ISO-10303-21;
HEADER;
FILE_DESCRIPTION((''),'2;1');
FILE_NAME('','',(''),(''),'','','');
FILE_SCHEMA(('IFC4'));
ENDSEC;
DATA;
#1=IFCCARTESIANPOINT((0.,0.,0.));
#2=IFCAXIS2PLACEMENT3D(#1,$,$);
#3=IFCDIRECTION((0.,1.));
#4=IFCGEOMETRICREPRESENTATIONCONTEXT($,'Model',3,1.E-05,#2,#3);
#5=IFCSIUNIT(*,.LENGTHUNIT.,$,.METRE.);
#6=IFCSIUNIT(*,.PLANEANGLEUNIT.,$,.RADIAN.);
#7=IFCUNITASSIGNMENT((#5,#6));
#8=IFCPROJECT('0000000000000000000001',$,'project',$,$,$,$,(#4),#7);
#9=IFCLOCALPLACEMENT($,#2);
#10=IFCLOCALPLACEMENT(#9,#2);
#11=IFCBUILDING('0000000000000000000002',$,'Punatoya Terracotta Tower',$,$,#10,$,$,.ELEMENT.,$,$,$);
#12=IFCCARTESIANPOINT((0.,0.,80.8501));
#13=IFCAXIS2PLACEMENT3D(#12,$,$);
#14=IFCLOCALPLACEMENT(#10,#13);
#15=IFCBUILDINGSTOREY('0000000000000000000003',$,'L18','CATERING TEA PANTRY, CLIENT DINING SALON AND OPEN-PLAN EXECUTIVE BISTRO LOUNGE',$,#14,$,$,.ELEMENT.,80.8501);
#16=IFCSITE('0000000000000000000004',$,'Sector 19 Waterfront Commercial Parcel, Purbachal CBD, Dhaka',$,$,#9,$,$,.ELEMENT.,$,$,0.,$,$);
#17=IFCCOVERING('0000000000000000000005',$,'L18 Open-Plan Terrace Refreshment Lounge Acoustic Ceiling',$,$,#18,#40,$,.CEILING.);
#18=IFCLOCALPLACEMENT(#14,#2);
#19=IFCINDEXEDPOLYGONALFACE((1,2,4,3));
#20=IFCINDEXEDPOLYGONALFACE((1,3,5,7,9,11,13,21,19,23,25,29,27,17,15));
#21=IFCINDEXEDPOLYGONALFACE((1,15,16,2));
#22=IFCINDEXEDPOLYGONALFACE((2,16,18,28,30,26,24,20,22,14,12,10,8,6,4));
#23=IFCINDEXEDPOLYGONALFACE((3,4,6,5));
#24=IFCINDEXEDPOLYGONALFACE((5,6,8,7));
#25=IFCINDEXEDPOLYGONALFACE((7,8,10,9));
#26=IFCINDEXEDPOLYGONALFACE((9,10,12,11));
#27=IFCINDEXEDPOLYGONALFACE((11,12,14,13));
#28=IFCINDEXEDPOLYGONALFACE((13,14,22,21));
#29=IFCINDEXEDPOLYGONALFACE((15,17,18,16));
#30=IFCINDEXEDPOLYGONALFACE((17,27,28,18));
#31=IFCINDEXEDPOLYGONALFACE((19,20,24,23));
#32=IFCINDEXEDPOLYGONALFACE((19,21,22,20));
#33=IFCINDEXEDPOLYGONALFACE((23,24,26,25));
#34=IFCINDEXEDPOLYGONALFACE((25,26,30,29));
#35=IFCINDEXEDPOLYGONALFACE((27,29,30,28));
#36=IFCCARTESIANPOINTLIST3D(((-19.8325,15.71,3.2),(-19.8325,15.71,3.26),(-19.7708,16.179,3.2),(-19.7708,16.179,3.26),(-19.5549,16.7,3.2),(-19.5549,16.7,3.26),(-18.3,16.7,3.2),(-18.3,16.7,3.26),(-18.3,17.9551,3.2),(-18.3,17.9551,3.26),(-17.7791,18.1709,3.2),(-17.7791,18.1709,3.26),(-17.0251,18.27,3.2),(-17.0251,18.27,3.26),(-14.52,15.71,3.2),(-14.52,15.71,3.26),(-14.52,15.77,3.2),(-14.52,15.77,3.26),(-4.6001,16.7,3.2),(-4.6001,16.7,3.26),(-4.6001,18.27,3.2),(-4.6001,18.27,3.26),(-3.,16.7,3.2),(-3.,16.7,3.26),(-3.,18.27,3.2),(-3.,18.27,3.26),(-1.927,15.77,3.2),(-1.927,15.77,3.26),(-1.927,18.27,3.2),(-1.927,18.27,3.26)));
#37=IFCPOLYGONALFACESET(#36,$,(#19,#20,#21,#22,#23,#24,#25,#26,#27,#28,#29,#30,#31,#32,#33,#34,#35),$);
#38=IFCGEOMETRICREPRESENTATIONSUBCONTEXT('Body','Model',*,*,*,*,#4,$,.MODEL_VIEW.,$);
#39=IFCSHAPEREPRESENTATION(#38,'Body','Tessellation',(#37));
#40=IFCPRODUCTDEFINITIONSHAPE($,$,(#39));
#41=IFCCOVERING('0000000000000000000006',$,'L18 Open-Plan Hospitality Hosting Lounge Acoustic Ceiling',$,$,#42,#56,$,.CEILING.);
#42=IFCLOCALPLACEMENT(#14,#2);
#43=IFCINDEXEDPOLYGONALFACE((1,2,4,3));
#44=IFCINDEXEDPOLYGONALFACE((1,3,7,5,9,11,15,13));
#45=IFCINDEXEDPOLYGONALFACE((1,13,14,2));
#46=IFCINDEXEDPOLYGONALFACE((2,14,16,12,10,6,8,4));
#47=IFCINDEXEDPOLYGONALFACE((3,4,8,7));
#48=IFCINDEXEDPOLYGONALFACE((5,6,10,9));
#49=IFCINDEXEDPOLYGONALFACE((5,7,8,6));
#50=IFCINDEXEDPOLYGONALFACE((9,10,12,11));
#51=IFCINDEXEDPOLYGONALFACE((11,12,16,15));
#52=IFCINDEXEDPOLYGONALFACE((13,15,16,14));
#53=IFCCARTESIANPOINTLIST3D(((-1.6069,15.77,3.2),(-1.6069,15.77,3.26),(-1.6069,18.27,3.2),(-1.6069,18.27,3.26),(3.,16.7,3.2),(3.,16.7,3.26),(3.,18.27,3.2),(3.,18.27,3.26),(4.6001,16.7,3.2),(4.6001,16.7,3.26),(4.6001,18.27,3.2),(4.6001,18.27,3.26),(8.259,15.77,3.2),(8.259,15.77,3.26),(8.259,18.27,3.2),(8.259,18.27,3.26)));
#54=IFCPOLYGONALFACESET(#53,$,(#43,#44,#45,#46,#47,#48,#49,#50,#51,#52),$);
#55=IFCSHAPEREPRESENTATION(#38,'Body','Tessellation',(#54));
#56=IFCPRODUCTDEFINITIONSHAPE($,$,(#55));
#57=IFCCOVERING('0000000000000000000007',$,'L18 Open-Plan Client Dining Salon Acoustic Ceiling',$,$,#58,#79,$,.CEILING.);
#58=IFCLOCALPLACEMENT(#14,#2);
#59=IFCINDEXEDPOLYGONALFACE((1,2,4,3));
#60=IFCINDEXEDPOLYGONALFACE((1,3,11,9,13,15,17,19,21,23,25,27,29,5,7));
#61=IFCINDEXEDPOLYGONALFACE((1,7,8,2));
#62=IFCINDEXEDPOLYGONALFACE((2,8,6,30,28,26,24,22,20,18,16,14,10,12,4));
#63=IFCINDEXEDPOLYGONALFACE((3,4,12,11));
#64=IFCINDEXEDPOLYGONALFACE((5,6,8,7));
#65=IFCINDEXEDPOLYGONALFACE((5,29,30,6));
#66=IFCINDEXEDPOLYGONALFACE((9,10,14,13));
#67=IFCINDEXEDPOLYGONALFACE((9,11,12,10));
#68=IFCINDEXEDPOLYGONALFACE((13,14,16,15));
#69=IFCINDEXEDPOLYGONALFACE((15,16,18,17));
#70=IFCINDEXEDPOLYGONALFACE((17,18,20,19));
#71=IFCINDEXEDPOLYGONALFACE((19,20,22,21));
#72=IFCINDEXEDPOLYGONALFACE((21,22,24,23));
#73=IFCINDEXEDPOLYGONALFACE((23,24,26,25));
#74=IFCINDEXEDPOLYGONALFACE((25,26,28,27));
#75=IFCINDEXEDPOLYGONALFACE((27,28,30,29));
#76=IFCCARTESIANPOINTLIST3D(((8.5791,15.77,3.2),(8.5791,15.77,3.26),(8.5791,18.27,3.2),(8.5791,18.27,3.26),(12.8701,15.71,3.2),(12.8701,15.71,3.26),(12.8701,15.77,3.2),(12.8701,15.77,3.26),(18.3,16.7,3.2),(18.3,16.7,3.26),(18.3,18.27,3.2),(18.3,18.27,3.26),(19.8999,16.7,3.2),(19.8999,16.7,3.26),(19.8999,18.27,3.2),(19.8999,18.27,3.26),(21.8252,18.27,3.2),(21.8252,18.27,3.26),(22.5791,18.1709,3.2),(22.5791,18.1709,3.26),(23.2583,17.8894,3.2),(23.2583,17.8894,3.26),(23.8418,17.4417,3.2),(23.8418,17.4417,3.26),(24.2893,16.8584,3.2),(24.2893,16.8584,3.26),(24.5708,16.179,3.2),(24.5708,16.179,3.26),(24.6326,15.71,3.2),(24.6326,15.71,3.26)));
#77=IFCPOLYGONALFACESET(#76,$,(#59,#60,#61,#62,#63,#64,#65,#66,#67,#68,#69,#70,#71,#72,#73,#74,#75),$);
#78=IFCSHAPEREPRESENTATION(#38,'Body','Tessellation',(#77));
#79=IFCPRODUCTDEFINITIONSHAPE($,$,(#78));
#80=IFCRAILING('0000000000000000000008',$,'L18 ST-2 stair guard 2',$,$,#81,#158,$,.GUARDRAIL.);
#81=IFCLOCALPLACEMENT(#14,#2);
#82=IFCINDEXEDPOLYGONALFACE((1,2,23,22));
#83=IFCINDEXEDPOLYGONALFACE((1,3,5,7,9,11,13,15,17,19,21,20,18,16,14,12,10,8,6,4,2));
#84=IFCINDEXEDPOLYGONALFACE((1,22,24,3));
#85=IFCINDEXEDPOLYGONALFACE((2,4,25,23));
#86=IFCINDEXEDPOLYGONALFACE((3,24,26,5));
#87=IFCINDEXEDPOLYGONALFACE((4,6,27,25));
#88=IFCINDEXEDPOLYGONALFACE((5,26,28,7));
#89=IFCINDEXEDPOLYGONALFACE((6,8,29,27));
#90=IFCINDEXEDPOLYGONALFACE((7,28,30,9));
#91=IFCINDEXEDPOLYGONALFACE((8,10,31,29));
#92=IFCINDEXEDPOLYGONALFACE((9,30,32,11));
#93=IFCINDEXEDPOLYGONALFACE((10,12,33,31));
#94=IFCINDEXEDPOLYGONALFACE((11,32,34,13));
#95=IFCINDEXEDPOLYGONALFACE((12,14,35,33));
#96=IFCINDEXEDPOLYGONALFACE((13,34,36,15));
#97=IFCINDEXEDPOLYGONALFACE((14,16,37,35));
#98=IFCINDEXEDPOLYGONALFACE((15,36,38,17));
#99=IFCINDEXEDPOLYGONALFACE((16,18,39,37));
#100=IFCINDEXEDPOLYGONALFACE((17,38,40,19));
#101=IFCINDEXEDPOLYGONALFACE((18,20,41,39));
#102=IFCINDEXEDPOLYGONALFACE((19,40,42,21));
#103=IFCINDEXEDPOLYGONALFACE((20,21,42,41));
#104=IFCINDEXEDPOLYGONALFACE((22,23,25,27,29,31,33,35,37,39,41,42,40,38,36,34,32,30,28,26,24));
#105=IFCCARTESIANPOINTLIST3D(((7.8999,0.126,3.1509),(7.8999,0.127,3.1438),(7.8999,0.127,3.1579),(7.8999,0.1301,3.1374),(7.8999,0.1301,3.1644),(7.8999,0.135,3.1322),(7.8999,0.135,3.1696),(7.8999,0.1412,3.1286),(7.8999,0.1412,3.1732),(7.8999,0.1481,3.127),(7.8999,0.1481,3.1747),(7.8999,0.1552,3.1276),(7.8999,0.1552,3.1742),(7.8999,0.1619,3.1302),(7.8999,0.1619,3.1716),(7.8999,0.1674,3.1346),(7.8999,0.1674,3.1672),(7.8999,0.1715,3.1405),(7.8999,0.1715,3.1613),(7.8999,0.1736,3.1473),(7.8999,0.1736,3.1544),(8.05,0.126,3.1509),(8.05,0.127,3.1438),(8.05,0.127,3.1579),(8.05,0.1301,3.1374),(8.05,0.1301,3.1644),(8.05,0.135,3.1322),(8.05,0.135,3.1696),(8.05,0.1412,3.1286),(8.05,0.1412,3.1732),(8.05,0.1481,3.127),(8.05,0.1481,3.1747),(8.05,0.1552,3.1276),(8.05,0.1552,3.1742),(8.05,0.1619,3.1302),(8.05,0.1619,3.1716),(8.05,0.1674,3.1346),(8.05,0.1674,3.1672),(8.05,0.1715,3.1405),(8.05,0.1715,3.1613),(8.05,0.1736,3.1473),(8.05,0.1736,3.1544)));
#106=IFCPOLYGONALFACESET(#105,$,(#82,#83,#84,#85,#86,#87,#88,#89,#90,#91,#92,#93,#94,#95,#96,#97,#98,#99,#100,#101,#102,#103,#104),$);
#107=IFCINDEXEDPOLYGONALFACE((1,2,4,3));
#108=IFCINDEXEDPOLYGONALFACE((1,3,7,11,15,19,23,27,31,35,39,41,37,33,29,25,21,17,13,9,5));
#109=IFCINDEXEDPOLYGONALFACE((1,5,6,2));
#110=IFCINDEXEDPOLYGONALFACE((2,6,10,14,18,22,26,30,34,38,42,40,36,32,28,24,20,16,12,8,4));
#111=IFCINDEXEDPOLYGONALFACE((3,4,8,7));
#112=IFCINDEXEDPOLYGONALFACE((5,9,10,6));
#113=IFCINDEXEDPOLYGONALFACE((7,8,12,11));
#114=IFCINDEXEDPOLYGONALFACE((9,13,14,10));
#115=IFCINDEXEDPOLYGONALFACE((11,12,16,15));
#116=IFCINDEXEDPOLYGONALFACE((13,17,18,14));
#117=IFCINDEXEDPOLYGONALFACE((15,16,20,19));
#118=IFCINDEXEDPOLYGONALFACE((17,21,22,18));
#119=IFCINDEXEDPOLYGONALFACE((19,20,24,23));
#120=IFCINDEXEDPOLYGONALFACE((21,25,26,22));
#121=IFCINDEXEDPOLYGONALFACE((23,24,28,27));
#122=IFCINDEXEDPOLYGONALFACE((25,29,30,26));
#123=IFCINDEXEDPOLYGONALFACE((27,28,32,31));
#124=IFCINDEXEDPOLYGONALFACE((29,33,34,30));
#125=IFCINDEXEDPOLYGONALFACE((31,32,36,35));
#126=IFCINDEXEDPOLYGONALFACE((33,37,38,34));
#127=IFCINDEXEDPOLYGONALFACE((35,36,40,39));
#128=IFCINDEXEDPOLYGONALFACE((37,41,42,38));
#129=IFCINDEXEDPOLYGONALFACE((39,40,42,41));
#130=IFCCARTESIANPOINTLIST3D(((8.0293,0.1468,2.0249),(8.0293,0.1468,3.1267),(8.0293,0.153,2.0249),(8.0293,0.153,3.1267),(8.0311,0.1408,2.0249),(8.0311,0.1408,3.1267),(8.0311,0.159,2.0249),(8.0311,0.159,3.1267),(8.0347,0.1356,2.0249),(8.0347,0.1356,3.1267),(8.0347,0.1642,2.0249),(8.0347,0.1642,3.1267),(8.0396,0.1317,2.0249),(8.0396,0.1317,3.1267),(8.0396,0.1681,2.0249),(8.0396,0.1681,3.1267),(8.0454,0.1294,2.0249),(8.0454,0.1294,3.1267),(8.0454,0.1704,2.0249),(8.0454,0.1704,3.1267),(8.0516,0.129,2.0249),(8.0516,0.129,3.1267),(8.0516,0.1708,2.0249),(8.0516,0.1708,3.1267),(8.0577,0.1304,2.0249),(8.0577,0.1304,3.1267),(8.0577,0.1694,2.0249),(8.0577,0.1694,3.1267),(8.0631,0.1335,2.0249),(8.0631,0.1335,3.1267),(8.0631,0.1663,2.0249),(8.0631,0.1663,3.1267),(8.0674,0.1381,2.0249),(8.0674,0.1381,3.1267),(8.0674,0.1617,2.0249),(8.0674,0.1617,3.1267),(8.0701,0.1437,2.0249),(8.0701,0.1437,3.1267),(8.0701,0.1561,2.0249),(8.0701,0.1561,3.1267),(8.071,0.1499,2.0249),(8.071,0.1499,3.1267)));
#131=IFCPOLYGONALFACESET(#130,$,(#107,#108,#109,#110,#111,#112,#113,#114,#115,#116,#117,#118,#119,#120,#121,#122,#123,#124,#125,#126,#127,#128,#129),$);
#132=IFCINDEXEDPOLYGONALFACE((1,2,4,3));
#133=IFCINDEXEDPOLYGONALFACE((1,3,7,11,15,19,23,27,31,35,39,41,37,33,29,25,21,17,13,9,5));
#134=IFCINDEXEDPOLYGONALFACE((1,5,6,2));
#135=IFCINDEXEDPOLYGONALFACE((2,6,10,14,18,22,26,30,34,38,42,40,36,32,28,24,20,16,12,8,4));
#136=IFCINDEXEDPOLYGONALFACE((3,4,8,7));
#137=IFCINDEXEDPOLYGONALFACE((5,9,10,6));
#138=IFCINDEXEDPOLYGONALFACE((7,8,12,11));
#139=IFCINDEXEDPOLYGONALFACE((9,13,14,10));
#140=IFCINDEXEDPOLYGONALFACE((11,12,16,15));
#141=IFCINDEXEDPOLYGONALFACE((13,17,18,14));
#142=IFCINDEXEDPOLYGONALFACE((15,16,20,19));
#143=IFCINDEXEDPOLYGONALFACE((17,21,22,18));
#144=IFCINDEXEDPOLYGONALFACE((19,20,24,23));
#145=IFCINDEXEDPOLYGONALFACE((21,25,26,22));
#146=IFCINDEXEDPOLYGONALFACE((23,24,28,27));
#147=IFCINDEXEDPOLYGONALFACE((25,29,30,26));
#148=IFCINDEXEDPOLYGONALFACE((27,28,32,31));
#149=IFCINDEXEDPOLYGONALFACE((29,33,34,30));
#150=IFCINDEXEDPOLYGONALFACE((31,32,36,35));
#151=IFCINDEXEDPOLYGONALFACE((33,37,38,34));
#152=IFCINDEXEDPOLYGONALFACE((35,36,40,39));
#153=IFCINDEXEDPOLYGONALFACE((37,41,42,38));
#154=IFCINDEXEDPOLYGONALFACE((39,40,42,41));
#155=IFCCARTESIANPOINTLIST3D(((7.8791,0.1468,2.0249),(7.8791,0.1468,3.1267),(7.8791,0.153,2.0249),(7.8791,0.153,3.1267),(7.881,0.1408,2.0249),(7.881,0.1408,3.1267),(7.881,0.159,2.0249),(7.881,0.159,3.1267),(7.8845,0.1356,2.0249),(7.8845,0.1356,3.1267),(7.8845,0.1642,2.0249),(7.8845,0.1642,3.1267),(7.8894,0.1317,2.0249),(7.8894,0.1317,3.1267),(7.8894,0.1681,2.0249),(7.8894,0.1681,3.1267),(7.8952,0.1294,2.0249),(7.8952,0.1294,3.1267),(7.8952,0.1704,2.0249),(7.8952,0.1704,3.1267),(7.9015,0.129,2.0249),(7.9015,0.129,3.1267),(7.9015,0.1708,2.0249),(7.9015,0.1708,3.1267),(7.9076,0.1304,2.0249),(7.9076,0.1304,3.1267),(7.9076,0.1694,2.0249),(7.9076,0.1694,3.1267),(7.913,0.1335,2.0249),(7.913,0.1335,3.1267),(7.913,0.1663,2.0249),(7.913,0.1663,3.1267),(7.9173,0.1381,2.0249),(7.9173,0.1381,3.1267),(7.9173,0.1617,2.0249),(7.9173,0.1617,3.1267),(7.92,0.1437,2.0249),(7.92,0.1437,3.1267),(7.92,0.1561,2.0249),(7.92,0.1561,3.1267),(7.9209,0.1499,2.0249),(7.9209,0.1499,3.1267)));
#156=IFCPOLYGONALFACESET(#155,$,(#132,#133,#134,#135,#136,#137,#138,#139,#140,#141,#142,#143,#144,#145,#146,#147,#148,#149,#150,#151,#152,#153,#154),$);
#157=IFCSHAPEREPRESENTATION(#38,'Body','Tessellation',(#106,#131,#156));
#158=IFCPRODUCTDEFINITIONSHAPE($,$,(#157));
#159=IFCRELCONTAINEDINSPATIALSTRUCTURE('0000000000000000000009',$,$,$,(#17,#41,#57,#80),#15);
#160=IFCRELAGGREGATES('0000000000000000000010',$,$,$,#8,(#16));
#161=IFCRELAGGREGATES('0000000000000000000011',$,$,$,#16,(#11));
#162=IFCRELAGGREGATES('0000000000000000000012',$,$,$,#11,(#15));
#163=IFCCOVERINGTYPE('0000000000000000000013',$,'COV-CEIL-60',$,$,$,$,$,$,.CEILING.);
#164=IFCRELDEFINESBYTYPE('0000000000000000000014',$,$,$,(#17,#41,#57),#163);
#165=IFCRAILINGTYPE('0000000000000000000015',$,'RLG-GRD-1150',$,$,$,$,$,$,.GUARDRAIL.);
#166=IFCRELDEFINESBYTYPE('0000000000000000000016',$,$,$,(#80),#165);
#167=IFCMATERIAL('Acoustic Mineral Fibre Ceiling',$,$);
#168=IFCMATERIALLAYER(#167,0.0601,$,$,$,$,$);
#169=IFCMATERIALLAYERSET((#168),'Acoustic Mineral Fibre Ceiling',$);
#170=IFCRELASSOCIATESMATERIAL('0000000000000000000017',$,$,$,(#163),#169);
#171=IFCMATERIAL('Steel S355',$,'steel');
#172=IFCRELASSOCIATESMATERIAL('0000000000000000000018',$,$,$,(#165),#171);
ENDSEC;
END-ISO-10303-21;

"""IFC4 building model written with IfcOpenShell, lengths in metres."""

from ifc_helpers import new_model, si_unit, direction, frame, origin, origin_2d, place, context, subcontext, project, spatial, polyline, circle, outline, extrude, material, layer, layer_set, type_object, element, save


model = new_model("IFC4")

# Units and contexts
model_context = context("Model", 3, precision=1e-05, world=origin(), true_north=direction((0.0, 1.0)))
body_context = subcontext(model_context, "Body", "Model", "MODEL_VIEW")
ifc_project = project(units=[si_unit("LENGTHUNIT", "METRE"), si_unit("PLANEANGLEUNIT", "RADIAN")], contexts=[model_context])

# Site, building, storey
site_placement = place(None, origin())
site = spatial("IfcSite", under=ifc_project, at=site_placement, Name="Sector 19 Waterfront Commercial Parcel, Purbachal CBD, Dhaka", CompositionType="ELEMENT", RefElevation=0.0)
building_placement = place(site_placement, origin())
building = spatial("IfcBuilding", under=site, at=building_placement, Name="Punatoya Terracotta Tower", CompositionType="ELEMENT")
storey_placement = place(building_placement, frame((0.0, 0.0, 80.8501)))
storey = spatial("IfcBuildingStorey", under=building, at=storey_placement, Name="L18", Description="CATERING TEA PANTRY, CLIENT DINING SALON AND OPEN-PLAN EXECUTIVE BISTRO LOUNGE", CompositionType="ELEMENT", Elevation=80.8501)

# Shared definitions
ifc_material_1 = material(Name="Steel S355", Category="steel")

# Coverings
ifc_material_2 = material(Name="Acoustic Mineral Fibre Ceiling")
ifc_layer_1 = layer(ifc_material_2, 0.0601)
ifc_layer_set_1 = layer_set([ifc_layer_1], Name="Acoustic Mineral Fibre Ceiling")
covering_type = type_object("IfcCoveringType", Name="COV-CEIL-60", PredefinedType="CEILING", material=ifc_layer_set_1)
covering_1_placement = place(storey_placement, frame((0.0, 0.0, 3.2)))
element("IfcCovering", 1, at=covering_1_placement, inside=storey, type_object=covering_type, Name="L18 Open-Plan Terrace Refreshment Lounge Acoustic Ceiling", PredefinedType="CEILING", context=body_context, shape_type="SweptSolid", body=[
    extrude(outline(polyline([(-14.52, 15.71), (-14.52, 15.77), (-1.927, 15.77), (-1.927, 18.27), (-3.0, 18.27), (-3.0, 16.7), (-4.6001, 16.7), (-4.6001, 18.27), (-17.0251, 18.27), (-17.7791, 18.1709), (-18.3, 17.9551), (-18.3, 16.7), (-19.5549, 16.7), (-19.7708, 16.179), (-19.8325, 15.71), (-14.52, 15.71)])), origin(), (0.0, 0.0, 1.0), 0.0601),
])
covering_2_placement = place(storey_placement, frame((0.0, 0.0, 3.2)))
element("IfcCovering", 2, at=covering_2_placement, inside=storey, type_object=covering_type, Name="L18 Open-Plan Hospitality Hosting Lounge Acoustic Ceiling", PredefinedType="CEILING", context=body_context, shape_type="SweptSolid", body=[
    extrude(outline(polyline([(8.259, 18.27), (4.6001, 18.27), (4.6001, 16.7), (3.0, 16.7), (3.0, 18.27), (-1.6069, 18.27), (-1.6069, 15.77), (8.259, 15.77), (8.259, 18.27)])), origin(), (0.0, 0.0, 1.0), 0.0601),
])
covering_3_placement = place(storey_placement, frame((0.0, 0.0, 3.2)))
element("IfcCovering", 3, at=covering_3_placement, inside=storey, type_object=covering_type, Name="L18 Open-Plan Client Dining Salon Acoustic Ceiling", PredefinedType="CEILING", context=body_context, shape_type="SweptSolid", body=[
    extrude(outline(polyline([(12.8701, 15.71), (24.6326, 15.71), (24.5708, 16.179), (24.2893, 16.8584), (23.8418, 17.4417), (23.2583, 17.8894), (22.5791, 18.1709), (21.8252, 18.27), (19.8999, 18.27), (19.8999, 16.7), (18.3, 16.7), (18.3, 18.27), (8.5791, 18.27), (8.5791, 15.77), (12.8701, 15.77), (12.8701, 15.71)])), origin(), (0.0, 0.0, 1.0), 0.0601),
])

# Railing
railing_type_1 = type_object("IfcRailingType", Name="RLG-GRD-1150", PredefinedType="GUARDRAIL", material=ifc_material_1)
railing_1_placement = place(storey_placement, frame((8.05, 0.1499, 2.0249)))
element("IfcRailing", 4, at=railing_1_placement, inside=storey, type_object=railing_type_1, Name="L18 ST-2 stair guard 2", PredefinedType="GUARDRAIL", context=body_context, shape_type="SweptSolid", body=[
    extrude(circle(Radius=0.0239, at=origin_2d()), frame((0.0, 0.0, 1.126), z_axis=(-1.0, 0.0, 0.0), x_axis=(0.0, -1.0, 0.0)), (0.0, 0.0, 1.0), 0.1501),
    extrude(circle(Radius=0.021, at=origin_2d()), origin(), (0.0, 0.0, 1.0), 1.1018),
    extrude(circle(Radius=0.021, at=origin_2d()), frame((-0.1501, 0.0, 0.0)), (0.0, 0.0, 1.0), 1.1018),
])

save(model, "model.ifc")
